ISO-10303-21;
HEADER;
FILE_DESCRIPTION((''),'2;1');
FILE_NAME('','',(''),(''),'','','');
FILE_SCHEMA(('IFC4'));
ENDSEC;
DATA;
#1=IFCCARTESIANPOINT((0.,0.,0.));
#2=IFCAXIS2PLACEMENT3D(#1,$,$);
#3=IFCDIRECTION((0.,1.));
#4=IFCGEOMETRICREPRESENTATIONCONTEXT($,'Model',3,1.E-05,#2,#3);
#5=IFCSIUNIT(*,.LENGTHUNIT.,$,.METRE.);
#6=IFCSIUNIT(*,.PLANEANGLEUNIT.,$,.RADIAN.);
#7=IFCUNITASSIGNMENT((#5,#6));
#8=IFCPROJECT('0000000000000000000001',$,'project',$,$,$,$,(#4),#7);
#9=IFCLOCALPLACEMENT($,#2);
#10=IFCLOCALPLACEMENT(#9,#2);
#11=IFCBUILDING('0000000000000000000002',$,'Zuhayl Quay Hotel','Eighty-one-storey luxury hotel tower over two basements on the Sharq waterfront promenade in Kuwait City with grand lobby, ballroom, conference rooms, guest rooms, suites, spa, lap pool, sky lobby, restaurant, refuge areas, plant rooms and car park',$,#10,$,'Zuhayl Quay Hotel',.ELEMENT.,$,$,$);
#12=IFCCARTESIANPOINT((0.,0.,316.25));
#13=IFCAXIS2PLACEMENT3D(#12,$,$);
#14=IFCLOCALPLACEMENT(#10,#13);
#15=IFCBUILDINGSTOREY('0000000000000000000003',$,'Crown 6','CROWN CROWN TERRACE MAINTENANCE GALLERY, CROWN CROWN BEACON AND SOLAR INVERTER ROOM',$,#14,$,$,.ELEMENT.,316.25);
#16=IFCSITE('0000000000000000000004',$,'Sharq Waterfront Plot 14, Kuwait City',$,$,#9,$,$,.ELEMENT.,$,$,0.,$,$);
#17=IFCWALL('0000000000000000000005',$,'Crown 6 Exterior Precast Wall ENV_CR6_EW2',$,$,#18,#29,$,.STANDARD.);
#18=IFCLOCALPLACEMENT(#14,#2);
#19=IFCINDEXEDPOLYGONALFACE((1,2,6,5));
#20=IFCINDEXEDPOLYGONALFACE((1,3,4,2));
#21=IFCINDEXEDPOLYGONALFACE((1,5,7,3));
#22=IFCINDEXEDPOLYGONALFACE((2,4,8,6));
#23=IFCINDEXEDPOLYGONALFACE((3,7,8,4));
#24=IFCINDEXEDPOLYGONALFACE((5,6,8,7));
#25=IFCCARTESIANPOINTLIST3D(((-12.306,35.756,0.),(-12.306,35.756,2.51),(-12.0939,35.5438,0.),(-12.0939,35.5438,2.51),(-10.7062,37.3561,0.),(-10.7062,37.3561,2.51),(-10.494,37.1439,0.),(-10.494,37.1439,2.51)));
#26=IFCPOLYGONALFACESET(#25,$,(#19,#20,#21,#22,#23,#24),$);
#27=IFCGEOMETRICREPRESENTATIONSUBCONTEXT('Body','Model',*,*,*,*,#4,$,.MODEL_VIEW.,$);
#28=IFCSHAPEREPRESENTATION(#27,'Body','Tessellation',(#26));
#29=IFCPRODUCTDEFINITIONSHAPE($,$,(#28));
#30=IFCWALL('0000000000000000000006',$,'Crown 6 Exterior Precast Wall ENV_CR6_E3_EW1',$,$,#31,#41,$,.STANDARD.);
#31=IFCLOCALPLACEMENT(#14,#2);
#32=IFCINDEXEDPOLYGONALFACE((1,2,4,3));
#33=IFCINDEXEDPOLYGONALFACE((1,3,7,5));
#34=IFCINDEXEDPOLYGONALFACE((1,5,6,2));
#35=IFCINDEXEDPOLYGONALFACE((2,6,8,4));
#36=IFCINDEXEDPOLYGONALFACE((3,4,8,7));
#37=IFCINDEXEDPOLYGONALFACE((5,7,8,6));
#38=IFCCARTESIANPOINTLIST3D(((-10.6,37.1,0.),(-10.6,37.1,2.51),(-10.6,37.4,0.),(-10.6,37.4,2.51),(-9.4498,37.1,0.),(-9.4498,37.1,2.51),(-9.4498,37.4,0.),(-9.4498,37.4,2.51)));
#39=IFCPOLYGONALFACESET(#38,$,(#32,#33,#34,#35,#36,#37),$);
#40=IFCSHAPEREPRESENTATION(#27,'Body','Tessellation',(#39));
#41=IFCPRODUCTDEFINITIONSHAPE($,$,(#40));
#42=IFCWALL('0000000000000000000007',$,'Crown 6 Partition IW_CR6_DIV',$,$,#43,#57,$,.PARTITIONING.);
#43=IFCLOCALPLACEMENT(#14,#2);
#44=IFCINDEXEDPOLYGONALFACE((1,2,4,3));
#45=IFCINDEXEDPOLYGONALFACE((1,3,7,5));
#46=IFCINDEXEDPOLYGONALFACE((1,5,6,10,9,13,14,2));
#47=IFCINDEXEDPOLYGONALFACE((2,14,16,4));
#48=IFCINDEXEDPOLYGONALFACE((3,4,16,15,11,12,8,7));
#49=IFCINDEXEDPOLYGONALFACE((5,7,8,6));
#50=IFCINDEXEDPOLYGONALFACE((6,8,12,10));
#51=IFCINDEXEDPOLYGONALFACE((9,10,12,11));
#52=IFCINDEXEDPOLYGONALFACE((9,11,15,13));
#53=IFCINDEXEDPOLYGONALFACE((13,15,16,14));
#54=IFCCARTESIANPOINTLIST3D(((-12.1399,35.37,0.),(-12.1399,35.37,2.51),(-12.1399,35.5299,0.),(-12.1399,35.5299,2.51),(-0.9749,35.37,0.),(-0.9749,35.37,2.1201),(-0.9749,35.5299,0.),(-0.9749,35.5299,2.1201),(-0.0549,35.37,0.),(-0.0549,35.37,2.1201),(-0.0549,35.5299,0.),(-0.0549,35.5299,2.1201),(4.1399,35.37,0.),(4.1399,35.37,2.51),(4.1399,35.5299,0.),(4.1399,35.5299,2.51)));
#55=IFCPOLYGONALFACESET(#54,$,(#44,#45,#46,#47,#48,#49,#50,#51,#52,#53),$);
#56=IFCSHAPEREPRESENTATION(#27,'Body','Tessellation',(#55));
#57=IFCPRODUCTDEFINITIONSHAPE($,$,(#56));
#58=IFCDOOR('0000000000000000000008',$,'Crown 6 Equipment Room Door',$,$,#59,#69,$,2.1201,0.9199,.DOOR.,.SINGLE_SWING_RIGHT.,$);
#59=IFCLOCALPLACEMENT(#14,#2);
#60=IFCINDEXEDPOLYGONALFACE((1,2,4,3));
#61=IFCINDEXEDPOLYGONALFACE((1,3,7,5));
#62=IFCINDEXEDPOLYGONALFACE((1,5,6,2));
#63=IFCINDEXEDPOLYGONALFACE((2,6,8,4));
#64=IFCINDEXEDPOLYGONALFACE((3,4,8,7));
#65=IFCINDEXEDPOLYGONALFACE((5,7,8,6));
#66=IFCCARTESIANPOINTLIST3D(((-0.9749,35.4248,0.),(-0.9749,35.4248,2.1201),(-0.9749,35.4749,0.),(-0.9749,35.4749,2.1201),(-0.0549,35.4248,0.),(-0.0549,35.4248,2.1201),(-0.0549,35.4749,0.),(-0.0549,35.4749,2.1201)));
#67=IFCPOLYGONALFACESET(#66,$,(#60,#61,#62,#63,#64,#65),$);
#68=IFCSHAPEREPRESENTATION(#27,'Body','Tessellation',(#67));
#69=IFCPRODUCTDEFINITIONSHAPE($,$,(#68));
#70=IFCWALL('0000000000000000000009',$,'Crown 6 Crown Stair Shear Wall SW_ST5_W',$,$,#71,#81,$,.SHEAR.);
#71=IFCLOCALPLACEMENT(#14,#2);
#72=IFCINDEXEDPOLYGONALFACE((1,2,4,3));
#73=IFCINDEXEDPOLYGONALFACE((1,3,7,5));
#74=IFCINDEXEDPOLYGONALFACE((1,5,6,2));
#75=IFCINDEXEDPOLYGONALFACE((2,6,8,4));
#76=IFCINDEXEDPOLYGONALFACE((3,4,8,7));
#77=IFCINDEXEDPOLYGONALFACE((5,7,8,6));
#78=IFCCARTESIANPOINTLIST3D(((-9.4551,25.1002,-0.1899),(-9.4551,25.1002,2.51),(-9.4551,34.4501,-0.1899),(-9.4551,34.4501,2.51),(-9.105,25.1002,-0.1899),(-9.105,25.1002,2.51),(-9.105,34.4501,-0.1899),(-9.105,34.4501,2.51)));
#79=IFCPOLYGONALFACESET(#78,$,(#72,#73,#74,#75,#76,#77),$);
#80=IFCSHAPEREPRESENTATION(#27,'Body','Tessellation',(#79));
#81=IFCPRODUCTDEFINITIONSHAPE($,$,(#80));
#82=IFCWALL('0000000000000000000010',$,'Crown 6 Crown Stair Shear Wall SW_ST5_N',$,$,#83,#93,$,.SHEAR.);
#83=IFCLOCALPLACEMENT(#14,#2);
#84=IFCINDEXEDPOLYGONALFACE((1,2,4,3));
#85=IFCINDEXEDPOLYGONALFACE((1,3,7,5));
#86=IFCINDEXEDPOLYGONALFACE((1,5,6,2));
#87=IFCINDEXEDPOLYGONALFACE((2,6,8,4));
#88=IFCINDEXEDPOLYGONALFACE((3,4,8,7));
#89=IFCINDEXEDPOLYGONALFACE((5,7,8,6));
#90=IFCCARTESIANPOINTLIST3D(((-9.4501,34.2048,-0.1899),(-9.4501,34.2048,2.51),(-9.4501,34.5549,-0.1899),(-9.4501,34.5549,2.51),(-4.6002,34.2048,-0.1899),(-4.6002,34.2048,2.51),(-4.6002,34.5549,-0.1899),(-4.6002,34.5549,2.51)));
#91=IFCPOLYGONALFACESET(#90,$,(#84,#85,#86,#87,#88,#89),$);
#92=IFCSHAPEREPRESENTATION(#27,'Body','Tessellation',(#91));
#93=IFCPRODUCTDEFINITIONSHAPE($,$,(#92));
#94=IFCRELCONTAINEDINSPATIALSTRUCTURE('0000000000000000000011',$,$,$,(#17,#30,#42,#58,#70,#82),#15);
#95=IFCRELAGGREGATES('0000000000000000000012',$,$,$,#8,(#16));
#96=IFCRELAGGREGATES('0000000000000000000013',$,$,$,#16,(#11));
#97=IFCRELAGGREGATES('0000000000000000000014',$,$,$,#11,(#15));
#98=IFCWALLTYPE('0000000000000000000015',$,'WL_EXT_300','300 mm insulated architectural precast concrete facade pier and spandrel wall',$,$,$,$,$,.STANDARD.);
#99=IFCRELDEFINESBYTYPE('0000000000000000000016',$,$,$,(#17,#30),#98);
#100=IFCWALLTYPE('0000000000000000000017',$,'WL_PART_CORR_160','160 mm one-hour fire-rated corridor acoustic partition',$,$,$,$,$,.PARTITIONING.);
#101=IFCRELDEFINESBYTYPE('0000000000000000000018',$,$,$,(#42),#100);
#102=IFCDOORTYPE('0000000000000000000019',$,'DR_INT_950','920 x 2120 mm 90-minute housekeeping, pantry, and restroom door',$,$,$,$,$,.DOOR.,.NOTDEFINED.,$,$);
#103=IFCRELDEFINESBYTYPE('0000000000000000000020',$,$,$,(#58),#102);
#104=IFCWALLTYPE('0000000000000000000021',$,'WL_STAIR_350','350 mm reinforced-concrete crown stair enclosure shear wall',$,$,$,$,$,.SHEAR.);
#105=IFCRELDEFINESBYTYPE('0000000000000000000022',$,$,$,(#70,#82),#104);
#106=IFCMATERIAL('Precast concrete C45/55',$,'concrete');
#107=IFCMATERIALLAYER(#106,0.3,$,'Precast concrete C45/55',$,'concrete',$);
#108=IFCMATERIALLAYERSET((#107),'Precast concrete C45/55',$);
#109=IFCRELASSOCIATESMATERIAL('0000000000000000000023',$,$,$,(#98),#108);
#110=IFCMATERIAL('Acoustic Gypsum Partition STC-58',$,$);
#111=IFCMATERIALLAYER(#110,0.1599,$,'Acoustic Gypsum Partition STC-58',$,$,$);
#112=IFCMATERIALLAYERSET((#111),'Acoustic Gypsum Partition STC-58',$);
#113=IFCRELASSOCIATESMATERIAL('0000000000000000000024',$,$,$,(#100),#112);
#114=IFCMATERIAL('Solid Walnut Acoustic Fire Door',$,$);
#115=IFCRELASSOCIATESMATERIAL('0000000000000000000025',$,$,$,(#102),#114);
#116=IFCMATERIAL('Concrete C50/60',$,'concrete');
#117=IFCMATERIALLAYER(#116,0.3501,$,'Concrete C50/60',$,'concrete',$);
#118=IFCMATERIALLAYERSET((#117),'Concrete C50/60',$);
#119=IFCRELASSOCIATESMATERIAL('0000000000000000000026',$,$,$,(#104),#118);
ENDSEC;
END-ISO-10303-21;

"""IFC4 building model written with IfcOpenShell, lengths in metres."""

from ifc_helpers import new_model, si_unit, direction, frame, frame_2d, origin, place, context, subcontext, project, spatial, rectangle, extrude, material, layer, layer_set, type_object, element, fill, save


model = new_model("IFC4")

# Units and contexts
model_context = context("Model", 3, precision=1e-05, world=origin(), true_north=direction((0.0, 1.0)))
body_context = subcontext(model_context, "Body", "Model", "MODEL_VIEW")
ifc_project = project(units=[si_unit("LENGTHUNIT", "METRE"), si_unit("PLANEANGLEUNIT", "RADIAN")], contexts=[model_context])

# Site, building, storey
site_placement = place(None, origin())
site = spatial("IfcSite", under=ifc_project, at=site_placement, Name="Sharq Waterfront Plot 14, Kuwait City", CompositionType="ELEMENT", RefElevation=0.0)
building_placement = place(site_placement, origin())
building = spatial("IfcBuilding", under=site, at=building_placement, Name="Zuhayl Quay Hotel", Description="Eighty-one-storey luxury hotel tower over two basements on the Sharq waterfront promenade in Kuwait City with grand lobby, ballroom, conference rooms, guest rooms, suites, spa, lap pool, sky lobby, restaurant, refuge areas, plant rooms and car park", LongName="Zuhayl Quay Hotel", CompositionType="ELEMENT")
storey_placement = place(building_placement, frame((0.0, 0.0, 316.25)))
storey = spatial("IfcBuildingStorey", under=building, at=storey_placement, Name="Crown 6", Description="CROWN CROWN TERRACE MAINTENANCE GALLERY, CROWN CROWN BEACON AND SOLAR INVERTER ROOM", CompositionType="ELEMENT", Elevation=316.25)

# Walls
ifc_material_1 = material(Name="Precast concrete C45/55", Category="concrete")
ifc_layer_1 = layer(ifc_material_1, 0.3, Name="Precast concrete C45/55", Category="concrete")
ifc_layer_set_1 = layer_set([ifc_layer_1], Name="Precast concrete C45/55")
wall_type_1 = type_object("IfcWallType", Name="WL_EXT_300", Description="300 mm insulated architectural precast concrete facade pier and spandrel wall", PredefinedType="STANDARD", material=ifc_layer_set_1)
wall_1_placement = place(storey_placement, frame((-12.2, 35.6499, 0.0), z_axis=(0.0, 0.0, 1.0), x_axis=(0.707053, 0.707161, 0.0)))
element("IfcWall", 1, at=wall_1_placement, inside=storey, type_object=wall_type_1, Name="Crown 6 Exterior Precast Wall ENV_CR6_EW2", PredefinedType="STANDARD", context=body_context, shape_type="SweptSolid", body=[
    extrude(rectangle(XDim=2.2627, YDim=0.3, at=frame_2d((1.1313, 0.0))), origin(), (0.0, 0.0, 1.0), 2.51),
])
wall_2_placement = place(storey_placement, frame((-10.6001, 37.25, 0.0), z_axis=(0.0, 0.0, 1.0), x_axis=(1.0, 0.0, 0.0)))
element("IfcWall", 2, at=wall_2_placement, inside=storey, type_object=wall_type_1, Name="Crown 6 Exterior Precast Wall ENV_CR6_E3_EW1", PredefinedType="STANDARD", context=body_context, shape_type="SweptSolid", body=[
    extrude(rectangle(XDim=1.1501, YDim=0.3, at=frame_2d((0.5752, 0.0))), origin(), (0.0, 0.0, 1.0), 2.51),
])

# Wall, opening, door
ifc_material_2 = material(Name="Acoustic Gypsum Partition STC-58")
ifc_layer_2 = layer(ifc_material_2, 0.1599, Name="Acoustic Gypsum Partition STC-58")
ifc_layer_set_2 = layer_set([ifc_layer_2], Name="Acoustic Gypsum Partition STC-58")
wall_type_2 = type_object("IfcWallType", Name="WL_PART_CORR_160", Description="160 mm one-hour fire-rated corridor acoustic partition", PredefinedType="PARTITIONING", material=ifc_layer_set_2)
wall_3_placement = place(storey_placement, frame((-12.1399, 35.45, 0.0), z_axis=(0.0, 0.0, 1.0), x_axis=(1.0, 0.0, 0.0)))
wall_3 = element("IfcWall", 3, at=wall_3_placement, inside=storey, type_object=wall_type_2, Name="Crown 6 Partition IW_CR6_DIV", PredefinedType="PARTITIONING", context=body_context, shape_type="SweptSolid", body=[
    extrude(rectangle(XDim=16.2798, YDim=0.1599, at=frame_2d((8.1399, 0.0))), origin(), (0.0, 0.0, 1.0), 2.51),
])
opening_placement = place(wall_3_placement, frame((11.165, 0.0, 0.0)))
opening = element("IfcOpeningElement", 4, at=opening_placement, cuts=wall_3, PredefinedType="OPENING", context=body_context, shape_type="SweptSolid", body=[
    extrude(rectangle(XDim=0.9199, YDim=2.1201, at=frame_2d((0.46, 1.0601))), frame((0.0, 0.0898, 0.0), z_axis=(0.0, -1.0, 0.0), x_axis=(1.0, 0.0, 0.0)), (0.0, 0.0, 1.0), 0.1799),
])
ifc_material_3 = material(Name="Solid Walnut Acoustic Fire Door")
door_type = type_object("IfcDoorType", Name="DR_INT_950", Description="920 x 2120 mm 90-minute housekeeping, pantry, and restroom door", OperationType="NOTDEFINED", PredefinedType="DOOR", material=ifc_material_3)
door_placement = place(opening_placement, origin())
door = element("IfcDoor", 5, at=door_placement, inside=storey, type_object=door_type, Name="Crown 6 Equipment Room Door", OperationType="SINGLE_SWING_RIGHT", OverallHeight=2.1201, OverallWidth=0.9199, PredefinedType="DOOR", context=body_context, shape_type="SweptSolid", body=[
    extrude(rectangle(XDim=0.9199, YDim=2.1201, at=frame_2d((0.46, 1.0601))), frame((0.0, 0.0249, 0.0), z_axis=(0.0, -1.0, 0.0), x_axis=(1.0, 0.0, 0.0)), (0.0, 0.0, 1.0), 0.05),
])
fill(opening, door)

# Walls
ifc_material_4 = material(Name="Concrete C50/60", Category="concrete")
ifc_layer_3 = layer(ifc_material_4, 0.3501, Name="Concrete C50/60", Category="concrete")
ifc_layer_set_3 = layer_set([ifc_layer_3], Name="Concrete C50/60")
wall_type_3 = type_object("IfcWallType", Name="WL_STAIR_350", Description="350 mm reinforced-concrete crown stair enclosure shear wall", PredefinedType="SHEAR", material=ifc_layer_set_3)
wall_4_placement = place(storey_placement, frame((-9.28, 34.45, -0.1899), z_axis=(0.0, 0.0, 1.0), x_axis=(0.0, -1.0, 0.0)))
element("IfcWall", 6, at=wall_4_placement, inside=storey, type_object=wall_type_3, Name="Crown 6 Crown Stair Shear Wall SW_ST5_W", PredefinedType="SHEAR", context=body_context, shape_type="SweptSolid", body=[
    extrude(rectangle(XDim=9.3499, YDim=0.3501, at=frame_2d((4.6748, 0.0))), origin(), (0.0, 0.0, 1.0), 2.7),
])
wall_5_placement = place(storey_placement, frame((-9.45, 34.3799, -0.1899), z_axis=(0.0, 0.0, 1.0), x_axis=(1.0, 0.0, 0.0)))
element("IfcWall", 7, at=wall_5_placement, inside=storey, type_object=wall_type_3, Name="Crown 6 Crown Stair Shear Wall SW_ST5_N", PredefinedType="SHEAR", context=body_context, shape_type="SweptSolid", body=[
    extrude(rectangle(XDim=4.8499, YDim=0.3501, at=frame_2d((2.4248, 0.0))), origin(), (0.0, 0.0, 1.0), 2.7),
])

save(model, "model.ifc")
